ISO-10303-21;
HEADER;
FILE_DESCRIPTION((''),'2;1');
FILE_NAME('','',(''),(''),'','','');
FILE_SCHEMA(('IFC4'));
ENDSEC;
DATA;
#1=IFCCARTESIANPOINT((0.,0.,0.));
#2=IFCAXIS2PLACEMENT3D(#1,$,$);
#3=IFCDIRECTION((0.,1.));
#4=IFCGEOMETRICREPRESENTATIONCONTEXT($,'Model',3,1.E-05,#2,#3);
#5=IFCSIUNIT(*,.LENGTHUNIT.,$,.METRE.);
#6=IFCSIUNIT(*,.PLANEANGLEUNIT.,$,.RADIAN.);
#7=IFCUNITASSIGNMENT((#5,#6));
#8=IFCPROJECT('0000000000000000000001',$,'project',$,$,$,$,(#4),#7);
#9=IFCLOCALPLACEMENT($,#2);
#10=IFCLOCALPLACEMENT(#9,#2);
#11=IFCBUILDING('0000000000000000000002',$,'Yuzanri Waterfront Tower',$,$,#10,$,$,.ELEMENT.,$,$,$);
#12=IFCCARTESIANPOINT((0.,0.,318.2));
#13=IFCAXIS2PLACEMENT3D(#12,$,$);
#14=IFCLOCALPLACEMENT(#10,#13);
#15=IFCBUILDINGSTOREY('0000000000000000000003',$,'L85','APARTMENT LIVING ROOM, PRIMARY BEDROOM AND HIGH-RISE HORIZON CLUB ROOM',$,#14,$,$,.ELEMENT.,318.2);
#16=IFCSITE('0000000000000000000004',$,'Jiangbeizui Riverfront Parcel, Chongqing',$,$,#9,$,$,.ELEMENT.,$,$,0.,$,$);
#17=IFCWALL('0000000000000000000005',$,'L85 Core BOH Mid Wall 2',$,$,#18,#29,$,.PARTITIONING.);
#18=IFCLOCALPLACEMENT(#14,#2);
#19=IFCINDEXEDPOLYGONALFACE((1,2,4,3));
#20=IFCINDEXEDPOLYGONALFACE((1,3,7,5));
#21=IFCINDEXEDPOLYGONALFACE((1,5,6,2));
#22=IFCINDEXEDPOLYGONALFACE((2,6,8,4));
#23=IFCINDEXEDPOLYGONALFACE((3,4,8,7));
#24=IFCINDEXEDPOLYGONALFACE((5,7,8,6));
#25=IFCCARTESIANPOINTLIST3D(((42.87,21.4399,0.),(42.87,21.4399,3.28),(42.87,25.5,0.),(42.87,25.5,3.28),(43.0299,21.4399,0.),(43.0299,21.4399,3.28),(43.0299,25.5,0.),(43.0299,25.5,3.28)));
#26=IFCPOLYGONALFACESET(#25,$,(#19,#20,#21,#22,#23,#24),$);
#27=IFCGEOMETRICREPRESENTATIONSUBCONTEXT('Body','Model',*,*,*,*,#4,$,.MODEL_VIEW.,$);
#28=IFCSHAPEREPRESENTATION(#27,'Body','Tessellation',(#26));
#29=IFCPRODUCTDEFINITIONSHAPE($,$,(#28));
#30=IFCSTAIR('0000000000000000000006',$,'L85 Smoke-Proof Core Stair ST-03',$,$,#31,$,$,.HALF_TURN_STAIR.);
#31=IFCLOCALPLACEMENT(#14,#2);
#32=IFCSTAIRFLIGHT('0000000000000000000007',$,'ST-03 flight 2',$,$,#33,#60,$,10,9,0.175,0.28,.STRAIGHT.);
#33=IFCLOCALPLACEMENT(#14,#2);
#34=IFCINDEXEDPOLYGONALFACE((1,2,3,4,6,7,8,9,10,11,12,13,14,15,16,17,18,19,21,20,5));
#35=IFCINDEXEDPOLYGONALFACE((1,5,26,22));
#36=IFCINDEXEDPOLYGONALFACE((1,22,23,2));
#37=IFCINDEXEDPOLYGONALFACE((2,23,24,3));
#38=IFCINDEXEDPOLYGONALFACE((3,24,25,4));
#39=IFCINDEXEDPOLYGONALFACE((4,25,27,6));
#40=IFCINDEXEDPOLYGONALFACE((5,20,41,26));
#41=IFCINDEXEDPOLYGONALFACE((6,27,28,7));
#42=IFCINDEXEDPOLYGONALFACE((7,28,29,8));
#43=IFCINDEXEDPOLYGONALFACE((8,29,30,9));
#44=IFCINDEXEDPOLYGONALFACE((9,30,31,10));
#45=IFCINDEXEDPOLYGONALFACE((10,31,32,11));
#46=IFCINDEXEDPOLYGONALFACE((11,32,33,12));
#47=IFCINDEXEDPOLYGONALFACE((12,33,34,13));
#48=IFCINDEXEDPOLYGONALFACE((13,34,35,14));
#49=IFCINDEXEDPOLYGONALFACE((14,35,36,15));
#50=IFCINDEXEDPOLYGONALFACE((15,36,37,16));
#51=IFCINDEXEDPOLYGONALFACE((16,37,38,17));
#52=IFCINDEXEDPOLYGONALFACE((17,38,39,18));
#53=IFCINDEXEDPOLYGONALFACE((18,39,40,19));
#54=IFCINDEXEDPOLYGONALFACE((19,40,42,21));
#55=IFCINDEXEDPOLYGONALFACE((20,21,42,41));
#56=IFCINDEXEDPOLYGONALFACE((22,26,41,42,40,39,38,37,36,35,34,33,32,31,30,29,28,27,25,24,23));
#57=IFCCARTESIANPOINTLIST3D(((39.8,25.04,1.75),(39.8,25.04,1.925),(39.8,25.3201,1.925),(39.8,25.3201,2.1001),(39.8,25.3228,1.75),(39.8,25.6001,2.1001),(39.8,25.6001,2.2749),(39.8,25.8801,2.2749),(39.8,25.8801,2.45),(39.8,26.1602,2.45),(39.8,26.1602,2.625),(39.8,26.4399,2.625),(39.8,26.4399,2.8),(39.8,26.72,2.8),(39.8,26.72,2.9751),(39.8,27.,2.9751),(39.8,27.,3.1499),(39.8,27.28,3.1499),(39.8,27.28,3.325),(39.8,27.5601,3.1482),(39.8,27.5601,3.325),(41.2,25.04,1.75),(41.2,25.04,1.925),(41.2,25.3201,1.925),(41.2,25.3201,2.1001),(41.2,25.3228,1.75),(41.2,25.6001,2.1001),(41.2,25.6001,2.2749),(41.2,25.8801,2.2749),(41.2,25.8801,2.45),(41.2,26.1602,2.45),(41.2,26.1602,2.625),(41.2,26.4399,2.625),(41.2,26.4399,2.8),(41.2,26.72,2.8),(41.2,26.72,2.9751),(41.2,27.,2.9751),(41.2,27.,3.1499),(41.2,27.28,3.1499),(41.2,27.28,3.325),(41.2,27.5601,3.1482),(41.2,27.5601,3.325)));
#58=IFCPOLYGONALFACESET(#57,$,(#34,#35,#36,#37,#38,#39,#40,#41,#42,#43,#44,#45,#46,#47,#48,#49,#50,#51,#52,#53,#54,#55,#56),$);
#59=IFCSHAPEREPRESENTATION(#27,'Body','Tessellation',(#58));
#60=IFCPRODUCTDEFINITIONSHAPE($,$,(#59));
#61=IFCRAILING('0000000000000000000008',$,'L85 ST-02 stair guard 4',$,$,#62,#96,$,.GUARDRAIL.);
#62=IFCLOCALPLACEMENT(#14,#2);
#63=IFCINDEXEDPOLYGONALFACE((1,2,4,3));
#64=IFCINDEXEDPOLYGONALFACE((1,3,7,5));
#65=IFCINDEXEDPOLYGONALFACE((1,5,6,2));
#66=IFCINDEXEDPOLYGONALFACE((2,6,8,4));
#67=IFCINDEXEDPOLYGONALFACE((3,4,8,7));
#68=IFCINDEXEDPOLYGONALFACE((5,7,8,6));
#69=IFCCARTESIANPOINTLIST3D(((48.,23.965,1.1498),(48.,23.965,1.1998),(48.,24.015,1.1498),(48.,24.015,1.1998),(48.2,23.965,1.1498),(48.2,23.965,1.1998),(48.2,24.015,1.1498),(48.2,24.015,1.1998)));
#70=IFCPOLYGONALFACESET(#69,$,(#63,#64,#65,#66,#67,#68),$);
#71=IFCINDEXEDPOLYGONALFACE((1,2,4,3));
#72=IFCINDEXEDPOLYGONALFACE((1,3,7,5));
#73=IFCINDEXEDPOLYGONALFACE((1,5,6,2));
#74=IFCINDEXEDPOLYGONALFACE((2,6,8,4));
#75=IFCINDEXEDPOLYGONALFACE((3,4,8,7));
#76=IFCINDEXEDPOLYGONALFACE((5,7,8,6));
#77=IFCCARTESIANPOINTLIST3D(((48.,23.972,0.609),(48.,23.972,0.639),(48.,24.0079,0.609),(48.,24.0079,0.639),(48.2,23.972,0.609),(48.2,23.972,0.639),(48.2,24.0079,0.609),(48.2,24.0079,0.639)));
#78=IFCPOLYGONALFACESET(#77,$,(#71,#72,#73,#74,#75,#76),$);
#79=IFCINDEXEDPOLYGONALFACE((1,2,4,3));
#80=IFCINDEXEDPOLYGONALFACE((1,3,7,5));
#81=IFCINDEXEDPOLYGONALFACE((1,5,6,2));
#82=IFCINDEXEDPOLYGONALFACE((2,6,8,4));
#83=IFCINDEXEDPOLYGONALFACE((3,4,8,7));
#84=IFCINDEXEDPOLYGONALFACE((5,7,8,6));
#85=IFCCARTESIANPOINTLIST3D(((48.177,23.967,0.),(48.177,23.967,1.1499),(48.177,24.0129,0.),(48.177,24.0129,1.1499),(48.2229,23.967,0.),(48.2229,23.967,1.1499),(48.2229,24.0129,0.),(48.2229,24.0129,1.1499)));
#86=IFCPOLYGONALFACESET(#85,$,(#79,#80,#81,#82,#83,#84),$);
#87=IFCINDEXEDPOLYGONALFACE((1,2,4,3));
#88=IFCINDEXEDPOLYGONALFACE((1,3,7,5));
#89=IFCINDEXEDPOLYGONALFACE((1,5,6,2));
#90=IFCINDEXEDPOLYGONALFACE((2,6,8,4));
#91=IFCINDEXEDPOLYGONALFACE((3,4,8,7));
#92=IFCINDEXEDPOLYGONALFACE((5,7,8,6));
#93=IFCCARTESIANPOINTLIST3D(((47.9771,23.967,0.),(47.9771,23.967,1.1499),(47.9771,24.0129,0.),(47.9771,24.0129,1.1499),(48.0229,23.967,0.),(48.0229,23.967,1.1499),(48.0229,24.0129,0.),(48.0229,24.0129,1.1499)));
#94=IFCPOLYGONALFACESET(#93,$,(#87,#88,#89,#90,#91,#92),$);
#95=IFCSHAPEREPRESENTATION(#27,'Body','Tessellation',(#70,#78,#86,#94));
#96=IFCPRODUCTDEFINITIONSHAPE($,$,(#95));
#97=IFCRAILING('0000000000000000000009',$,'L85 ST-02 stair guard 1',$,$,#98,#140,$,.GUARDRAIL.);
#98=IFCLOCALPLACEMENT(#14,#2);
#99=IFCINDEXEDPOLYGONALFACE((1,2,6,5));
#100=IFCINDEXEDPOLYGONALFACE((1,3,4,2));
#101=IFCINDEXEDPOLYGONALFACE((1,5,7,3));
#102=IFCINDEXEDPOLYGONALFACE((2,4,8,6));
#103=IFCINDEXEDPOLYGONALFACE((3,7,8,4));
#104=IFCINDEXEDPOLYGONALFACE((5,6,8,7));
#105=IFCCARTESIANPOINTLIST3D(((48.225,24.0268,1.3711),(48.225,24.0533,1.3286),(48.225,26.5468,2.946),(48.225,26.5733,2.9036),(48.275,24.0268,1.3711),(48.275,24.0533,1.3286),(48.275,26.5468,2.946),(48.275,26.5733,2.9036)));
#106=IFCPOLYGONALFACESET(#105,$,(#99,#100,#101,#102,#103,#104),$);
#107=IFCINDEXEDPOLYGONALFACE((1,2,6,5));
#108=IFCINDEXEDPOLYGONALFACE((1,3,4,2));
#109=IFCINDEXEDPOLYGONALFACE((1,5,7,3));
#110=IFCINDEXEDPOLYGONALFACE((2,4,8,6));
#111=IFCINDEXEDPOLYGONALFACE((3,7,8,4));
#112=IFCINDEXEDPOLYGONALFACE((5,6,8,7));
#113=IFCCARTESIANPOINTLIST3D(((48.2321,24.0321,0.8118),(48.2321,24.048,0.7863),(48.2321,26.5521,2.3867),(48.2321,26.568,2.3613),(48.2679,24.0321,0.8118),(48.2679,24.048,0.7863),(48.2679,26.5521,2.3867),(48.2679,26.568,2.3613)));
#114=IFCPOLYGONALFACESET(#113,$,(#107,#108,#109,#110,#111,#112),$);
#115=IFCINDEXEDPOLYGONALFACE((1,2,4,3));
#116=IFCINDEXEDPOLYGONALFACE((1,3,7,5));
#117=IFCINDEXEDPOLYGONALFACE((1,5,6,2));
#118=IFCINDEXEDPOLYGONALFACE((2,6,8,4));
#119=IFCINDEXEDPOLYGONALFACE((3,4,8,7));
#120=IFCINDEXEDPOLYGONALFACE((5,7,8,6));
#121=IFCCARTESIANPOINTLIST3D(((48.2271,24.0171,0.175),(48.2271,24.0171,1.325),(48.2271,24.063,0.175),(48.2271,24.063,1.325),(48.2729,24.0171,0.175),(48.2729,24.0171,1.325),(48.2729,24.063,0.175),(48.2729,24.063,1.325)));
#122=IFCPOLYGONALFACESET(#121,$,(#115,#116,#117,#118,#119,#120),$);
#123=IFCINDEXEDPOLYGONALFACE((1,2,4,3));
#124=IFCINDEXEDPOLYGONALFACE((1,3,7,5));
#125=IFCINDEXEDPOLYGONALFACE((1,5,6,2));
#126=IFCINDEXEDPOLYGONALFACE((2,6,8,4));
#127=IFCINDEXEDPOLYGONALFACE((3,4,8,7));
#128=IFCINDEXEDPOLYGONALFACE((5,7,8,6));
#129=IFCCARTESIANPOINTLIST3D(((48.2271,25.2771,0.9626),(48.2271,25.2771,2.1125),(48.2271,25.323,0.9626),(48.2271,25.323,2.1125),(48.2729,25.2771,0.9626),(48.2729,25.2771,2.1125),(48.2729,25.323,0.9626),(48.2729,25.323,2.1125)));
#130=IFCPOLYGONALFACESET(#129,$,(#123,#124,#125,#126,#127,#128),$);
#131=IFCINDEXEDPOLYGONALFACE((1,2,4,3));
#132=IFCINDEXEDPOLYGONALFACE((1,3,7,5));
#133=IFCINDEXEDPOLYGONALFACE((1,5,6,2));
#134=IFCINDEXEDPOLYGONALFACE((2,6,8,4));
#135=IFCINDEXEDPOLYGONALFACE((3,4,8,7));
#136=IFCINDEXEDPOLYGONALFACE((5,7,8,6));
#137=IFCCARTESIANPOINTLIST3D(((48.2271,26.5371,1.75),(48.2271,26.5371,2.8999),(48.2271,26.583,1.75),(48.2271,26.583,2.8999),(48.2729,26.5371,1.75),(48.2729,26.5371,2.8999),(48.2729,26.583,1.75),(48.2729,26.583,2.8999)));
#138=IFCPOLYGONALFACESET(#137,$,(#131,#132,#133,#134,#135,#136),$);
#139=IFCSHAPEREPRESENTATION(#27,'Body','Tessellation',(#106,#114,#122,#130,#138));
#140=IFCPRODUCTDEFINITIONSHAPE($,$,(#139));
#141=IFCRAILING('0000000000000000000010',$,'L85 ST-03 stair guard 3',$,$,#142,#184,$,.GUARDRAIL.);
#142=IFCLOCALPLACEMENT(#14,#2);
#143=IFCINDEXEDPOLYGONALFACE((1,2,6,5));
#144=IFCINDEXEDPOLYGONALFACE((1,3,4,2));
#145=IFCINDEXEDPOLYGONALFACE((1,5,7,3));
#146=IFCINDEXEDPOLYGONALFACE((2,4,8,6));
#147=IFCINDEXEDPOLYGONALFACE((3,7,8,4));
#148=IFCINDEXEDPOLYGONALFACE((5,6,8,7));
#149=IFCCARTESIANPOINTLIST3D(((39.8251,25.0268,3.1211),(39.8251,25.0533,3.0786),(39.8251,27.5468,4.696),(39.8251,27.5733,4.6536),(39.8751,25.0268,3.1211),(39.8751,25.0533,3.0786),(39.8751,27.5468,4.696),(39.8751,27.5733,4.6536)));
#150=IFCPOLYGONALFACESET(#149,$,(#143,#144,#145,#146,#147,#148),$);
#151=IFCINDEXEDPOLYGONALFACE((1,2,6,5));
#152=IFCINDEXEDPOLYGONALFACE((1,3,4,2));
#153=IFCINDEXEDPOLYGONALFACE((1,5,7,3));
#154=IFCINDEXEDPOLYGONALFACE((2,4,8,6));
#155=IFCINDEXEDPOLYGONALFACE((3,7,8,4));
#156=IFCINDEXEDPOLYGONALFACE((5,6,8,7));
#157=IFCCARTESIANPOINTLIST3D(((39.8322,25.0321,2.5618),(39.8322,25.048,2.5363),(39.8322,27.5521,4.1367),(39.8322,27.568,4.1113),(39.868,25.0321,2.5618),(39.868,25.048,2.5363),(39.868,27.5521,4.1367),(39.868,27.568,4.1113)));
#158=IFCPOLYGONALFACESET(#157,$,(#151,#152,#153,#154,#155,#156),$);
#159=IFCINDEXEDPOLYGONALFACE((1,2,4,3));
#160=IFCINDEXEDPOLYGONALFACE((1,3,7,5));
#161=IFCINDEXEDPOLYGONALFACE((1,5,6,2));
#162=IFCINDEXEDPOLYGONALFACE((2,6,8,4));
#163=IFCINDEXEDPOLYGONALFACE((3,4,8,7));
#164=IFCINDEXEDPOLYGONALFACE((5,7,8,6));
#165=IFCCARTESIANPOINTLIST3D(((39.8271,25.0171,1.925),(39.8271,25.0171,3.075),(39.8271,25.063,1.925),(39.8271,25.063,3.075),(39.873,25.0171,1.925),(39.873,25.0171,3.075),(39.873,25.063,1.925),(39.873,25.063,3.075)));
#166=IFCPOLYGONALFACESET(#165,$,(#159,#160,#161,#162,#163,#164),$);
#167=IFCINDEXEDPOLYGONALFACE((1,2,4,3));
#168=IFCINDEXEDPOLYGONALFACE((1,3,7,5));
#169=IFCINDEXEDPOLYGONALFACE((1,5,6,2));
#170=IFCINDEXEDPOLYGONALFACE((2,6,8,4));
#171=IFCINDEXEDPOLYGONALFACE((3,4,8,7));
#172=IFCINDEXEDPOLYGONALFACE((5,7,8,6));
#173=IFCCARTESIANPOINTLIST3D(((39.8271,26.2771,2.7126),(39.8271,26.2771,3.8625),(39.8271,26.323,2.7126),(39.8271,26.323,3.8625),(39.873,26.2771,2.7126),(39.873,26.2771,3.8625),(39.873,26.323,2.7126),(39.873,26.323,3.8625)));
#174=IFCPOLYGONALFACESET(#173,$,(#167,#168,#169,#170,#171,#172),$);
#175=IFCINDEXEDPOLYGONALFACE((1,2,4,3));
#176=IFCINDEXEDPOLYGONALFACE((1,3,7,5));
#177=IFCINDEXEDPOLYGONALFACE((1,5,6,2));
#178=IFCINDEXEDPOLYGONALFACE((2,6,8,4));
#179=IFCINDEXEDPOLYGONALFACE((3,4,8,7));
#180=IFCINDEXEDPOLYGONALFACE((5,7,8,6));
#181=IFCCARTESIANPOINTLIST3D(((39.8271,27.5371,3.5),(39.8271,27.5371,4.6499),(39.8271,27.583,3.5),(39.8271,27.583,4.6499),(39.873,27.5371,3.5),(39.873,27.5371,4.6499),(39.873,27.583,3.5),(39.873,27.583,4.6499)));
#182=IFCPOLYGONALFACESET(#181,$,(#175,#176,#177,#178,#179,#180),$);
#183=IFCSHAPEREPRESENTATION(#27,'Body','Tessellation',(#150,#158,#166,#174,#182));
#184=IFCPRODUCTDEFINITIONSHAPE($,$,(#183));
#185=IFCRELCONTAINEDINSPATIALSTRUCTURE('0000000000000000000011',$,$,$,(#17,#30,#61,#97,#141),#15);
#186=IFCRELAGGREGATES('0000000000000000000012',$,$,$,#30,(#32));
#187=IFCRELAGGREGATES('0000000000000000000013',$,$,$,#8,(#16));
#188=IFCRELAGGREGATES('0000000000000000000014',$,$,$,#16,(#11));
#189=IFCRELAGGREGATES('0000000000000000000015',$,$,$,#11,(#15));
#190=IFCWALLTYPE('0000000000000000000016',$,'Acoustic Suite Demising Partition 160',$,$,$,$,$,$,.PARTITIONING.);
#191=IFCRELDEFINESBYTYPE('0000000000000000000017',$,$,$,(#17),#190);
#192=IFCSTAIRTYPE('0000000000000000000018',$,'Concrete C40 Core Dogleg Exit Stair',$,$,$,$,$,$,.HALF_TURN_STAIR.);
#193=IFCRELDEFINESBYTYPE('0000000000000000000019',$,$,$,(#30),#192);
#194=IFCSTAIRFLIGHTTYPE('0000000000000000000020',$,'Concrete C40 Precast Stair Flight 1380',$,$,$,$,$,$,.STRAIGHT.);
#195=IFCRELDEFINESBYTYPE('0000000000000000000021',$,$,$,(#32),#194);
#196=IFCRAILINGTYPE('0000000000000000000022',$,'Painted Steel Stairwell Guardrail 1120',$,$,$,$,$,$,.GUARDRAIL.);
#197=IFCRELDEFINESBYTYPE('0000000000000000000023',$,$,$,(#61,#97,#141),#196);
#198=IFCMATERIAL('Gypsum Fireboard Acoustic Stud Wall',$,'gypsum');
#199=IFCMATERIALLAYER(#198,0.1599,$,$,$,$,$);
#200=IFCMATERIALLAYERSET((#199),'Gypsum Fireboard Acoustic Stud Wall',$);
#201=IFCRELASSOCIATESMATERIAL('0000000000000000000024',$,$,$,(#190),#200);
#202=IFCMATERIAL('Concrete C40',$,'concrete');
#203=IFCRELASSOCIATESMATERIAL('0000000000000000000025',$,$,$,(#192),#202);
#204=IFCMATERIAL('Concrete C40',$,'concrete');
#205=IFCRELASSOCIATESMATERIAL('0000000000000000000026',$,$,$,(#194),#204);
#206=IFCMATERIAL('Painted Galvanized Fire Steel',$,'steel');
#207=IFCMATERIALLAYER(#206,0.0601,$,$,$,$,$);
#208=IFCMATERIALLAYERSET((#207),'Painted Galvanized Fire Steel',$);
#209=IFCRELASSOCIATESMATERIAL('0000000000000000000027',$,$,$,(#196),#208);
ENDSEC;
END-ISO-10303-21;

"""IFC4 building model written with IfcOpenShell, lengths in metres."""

from ifc_helpers import new_model, si_unit, direction, frame, frame_2d, origin, origin_2d, place, context, subcontext, project, spatial, polyline, rectangle, outline, extrude, source, transform, mapped, material, layer, layer_set, type_object, element, aggregate, save


model = new_model("IFC4")

# Units and contexts
model_context = context("Model", 3, precision=1e-05, world=origin(), true_north=direction((0.0, 1.0)))
body_context = subcontext(model_context, "Body", "Model", "MODEL_VIEW")
ifc_project = project(units=[si_unit("LENGTHUNIT", "METRE"), si_unit("PLANEANGLEUNIT", "RADIAN")], contexts=[model_context])

# Site, building, storey
site_placement = place(None, origin())
site = spatial("IfcSite", under=ifc_project, at=site_placement, Name="Jiangbeizui Riverfront Parcel, Chongqing", CompositionType="ELEMENT", RefElevation=0.0)
building_placement = place(site_placement, origin())
building = spatial("IfcBuilding", under=site, at=building_placement, Name="Yuzanri Waterfront Tower", CompositionType="ELEMENT")
storey_placement = place(building_placement, frame((0.0, 0.0, 318.2)))
storey = spatial("IfcBuildingStorey", under=building, at=storey_placement, Name="L85", Description="APARTMENT LIVING ROOM, PRIMARY BEDROOM AND HIGH-RISE HORIZON CLUB ROOM", CompositionType="ELEMENT", Elevation=318.2)

# Wall
ifc_material_1 = material(Name="Gypsum Fireboard Acoustic Stud Wall", Category="gypsum")
ifc_layer_1 = layer(ifc_material_1, 0.1599)
ifc_layer_set_1 = layer_set([ifc_layer_1], Name="Gypsum Fireboard Acoustic Stud Wall")
wall_type_1 = type_object("IfcWallType", Name="Acoustic Suite Demising Partition 160", PredefinedType="PARTITIONING", material=ifc_layer_set_1)
shared_shape_1 = source(origin(), body_context, "Body", "SweptSolid", [
    extrude(rectangle(XDim=4.0601, YDim=0.1599, at=frame_2d((2.03, 0.0))), origin(), (0.0, 0.0, 1.0), 3.28),
])
wall_1_placement = place(storey_placement, frame((42.95, 21.4399, 0.0), z_axis=(0.0, 0.0, 1.0), x_axis=(0.0, 1.0, 0.0)))
element("IfcWall", 1, at=wall_1_placement, inside=storey, type_object=wall_type_1, Name="L85 Core BOH Mid Wall 2", PredefinedType="PARTITIONING", context=body_context, shape_type="MappedRepresentation", body=[
    mapped(shared_shape_1, transform((0.0, 0.0, 0.0), scale=1.0)),
])

# Stair, stair flight
ifc_material_2 = material(Name="Concrete C40", Category="concrete")
stair_type = type_object("IfcStairType", Name="Concrete C40 Core Dogleg Exit Stair", PredefinedType="HALF_TURN_STAIR", material=ifc_material_2)
stair_placement = place(storey_placement, origin())
stair = element("IfcStair", 2, at=stair_placement, inside=storey, type_object=stair_type, Name="L85 Smoke-Proof Core Stair ST-03", PredefinedType="HALF_TURN_STAIR")
ifc_material_3 = material(Name="Concrete C40", Category="concrete")
stair_flight_type = type_object("IfcStairFlightType", Name="Concrete C40 Precast Stair Flight 1380", PredefinedType="STRAIGHT", material=ifc_material_3)
shared_shape_2 = source(origin(), body_context, "Body", "SweptSolid", [
    extrude(outline(polyline([(0.0, 0.0), (0.0, 0.175), (0.28, 0.175), (0.28, 0.3501), (0.5601, 0.3501), (0.5601, 0.5249), (0.8401, 0.5249), (0.8401, 0.7), (1.1201, 0.7), (1.1201, 0.875), (1.3999, 0.875), (1.3999, 1.05), (1.6799, 1.05), (1.6799, 1.2251), (1.96, 1.2251), (1.96, 1.3999), (2.24, 1.3999), (2.24, 1.575), (2.52, 1.575), (2.52, 1.75), (2.52, 1.3982), (0.2827, 0.0), (0.0, 0.0)])), frame((0.0, 0.7, 0.0), z_axis=(0.0, -1.0, 0.0), x_axis=(1.0, 0.0, 0.0)), (0.0, 0.0, 1.0), 1.3999),
])
stair_flight_placement = place(storey_placement, frame((40.5, 25.04, 1.75), z_axis=(0.0, 0.0, 1.0), x_axis=(0.0, 1.0, 0.0)))
stair_flight = element("IfcStairFlight", 3, at=stair_flight_placement, type_object=stair_flight_type, Name="ST-03 flight 2", NumberOfRisers=10, NumberOfTreads=9, PredefinedType="STRAIGHT", RiserHeight=0.175, TreadLength=0.28, context=body_context, shape_type="MappedRepresentation", body=[
    mapped(shared_shape_2, transform((0.0, 0.0, 0.0), scale=1.0)),
])
aggregate(stair, [stair_flight])

# Railings
ifc_material_4 = material(Name="Painted Galvanized Fire Steel", Category="steel")
ifc_layer_2 = layer(ifc_material_4, 0.0601)
ifc_layer_set_2 = layer_set([ifc_layer_2], Name="Painted Galvanized Fire Steel")
railing_type_1 = type_object("IfcRailingType", Name="Painted Steel Stairwell Guardrail 1120", PredefinedType="GUARDRAIL", material=ifc_layer_set_2)
shared_shape_3 = source(origin(), body_context, "Body", "SweptSolid", [
    extrude(rectangle(XDim=0.05, YDim=0.05, at=origin_2d()), frame((0.0, 0.0, 1.1748), z_axis=(-1.0, 0.0, 0.0), x_axis=(0.0, -1.0, 0.0)), (0.0, 0.0, 1.0), 0.2),
    extrude(rectangle(XDim=0.0359, YDim=0.03, at=origin_2d()), frame((0.0, 0.0, 0.624), z_axis=(-1.0, 0.0, 0.0), x_axis=(0.0, -1.0, 0.0)), (0.0, 0.0, 1.0), 0.2),
    extrude(rectangle(XDim=0.0459, YDim=0.0459, at=origin_2d()), origin(), (0.0, 0.0, 1.0), 1.1499),
    extrude(rectangle(XDim=0.0459, YDim=0.0459, at=origin_2d()), frame((-0.2, 0.0, 0.0)), (0.0, 0.0, 1.0), 1.1499),
])
railing_1_placement = place(storey_placement, frame((48.2, 23.99, 0.0)))
element("IfcRailing", 4, at=railing_1_placement, inside=storey, type_object=railing_type_1, Name="L85 ST-02 stair guard 4", PredefinedType="GUARDRAIL", context=body_context, shape_type="MappedRepresentation", body=[
    mapped(shared_shape_3, transform((0.0, 0.0, 0.0), scale=1.0)),
])
shared_shape_4 = source(origin(), body_context, "Body", "SweptSolid", [
    extrude(rectangle(XDim=0.05, YDim=0.05, at=origin_2d()), frame((0.0, 0.0, 1.1748), z_axis=(0.0, 0.848008, 0.529984), x_axis=(-1.0, 0.0, 0.0)), (0.0, 0.0, 1.0), 2.9717),
    extrude(rectangle(XDim=0.0359, YDim=0.03, at=origin_2d()), frame((0.0, 0.0, 0.624), z_axis=(0.0, 0.848008, 0.529984), x_axis=(-1.0, 0.0, 0.0)), (0.0, 0.0, 1.0), 2.9717),
    extrude(rectangle(XDim=0.0459, YDim=0.0459, at=origin_2d()), origin(), (0.0, 0.0, 1.0), 1.1499),
    extrude(rectangle(XDim=0.0459, YDim=0.0459, at=origin_2d()), frame((0.0, 1.26, 0.7876)), (0.0, 0.0, 1.0), 1.1499),
    extrude(rectangle(XDim=0.0459, YDim=0.0459, at=origin_2d()), frame((0.0, 2.52, 1.575)), (0.0, 0.0, 1.0), 1.1499),
])
for number, where, name in (
    (5, (48.25, 24.04, 0.175), "L85 ST-02 stair guard 1"),
    (6, (39.8501, 25.04, 1.925), "L85 ST-03 stair guard 3"),
):
    element("IfcRailing", number, at=place(storey_placement, frame(where)), inside=storey, type_object=railing_type_1, Name=name, PredefinedType="GUARDRAIL", context=body_context, shape_type="MappedRepresentation", body=[
        mapped(shared_shape_4, transform((0.0, 0.0, 0.0), scale=1.0)),
    ])

save(model, "model.ifc")
